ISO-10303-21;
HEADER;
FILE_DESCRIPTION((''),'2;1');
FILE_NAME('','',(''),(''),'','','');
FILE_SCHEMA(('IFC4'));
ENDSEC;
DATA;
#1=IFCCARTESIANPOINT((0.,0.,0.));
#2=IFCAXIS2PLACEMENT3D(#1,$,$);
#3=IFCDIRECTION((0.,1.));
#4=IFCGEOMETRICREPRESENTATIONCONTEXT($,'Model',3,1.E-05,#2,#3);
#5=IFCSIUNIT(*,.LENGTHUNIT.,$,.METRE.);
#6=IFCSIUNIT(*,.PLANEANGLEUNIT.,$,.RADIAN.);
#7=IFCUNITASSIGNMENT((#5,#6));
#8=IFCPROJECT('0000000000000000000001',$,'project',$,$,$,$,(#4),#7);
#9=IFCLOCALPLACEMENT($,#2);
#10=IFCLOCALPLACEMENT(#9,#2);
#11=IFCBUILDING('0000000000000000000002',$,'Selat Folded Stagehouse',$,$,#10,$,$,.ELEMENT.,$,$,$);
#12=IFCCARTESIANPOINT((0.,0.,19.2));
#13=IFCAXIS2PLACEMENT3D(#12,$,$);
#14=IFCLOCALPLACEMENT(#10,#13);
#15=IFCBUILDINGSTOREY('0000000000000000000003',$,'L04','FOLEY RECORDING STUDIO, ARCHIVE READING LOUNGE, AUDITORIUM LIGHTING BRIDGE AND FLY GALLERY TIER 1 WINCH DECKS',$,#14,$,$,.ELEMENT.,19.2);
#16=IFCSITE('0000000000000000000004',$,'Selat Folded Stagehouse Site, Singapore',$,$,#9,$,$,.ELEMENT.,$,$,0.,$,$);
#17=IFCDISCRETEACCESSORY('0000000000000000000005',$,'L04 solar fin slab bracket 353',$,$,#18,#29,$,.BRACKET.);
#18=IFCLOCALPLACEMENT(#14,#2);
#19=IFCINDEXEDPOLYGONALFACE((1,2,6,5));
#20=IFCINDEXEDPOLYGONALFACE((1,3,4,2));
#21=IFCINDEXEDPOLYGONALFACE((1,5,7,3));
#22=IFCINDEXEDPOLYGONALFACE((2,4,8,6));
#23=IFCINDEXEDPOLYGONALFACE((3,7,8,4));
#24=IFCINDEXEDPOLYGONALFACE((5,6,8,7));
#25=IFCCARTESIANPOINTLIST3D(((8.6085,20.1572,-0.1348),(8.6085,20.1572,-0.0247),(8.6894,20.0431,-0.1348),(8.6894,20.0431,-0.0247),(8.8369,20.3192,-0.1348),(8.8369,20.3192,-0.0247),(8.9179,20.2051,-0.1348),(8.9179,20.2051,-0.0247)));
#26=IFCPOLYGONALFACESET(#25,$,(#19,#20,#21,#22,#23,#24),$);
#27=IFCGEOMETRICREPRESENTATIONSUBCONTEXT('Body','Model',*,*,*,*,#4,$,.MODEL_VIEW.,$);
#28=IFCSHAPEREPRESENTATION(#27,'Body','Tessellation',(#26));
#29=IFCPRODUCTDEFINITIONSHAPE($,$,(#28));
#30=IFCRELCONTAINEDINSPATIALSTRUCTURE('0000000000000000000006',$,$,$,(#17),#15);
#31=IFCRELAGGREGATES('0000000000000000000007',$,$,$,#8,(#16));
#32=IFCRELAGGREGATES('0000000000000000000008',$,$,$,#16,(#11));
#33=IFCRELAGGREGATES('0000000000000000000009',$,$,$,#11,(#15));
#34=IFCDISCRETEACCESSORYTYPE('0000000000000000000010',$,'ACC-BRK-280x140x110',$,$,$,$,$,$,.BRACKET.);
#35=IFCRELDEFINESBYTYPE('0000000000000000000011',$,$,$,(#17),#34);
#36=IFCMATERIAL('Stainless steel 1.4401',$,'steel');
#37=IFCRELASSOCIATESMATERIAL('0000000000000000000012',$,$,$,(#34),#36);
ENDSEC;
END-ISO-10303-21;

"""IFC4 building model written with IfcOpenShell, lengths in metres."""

from ifc_helpers import new_model, si_unit, direction, frame, origin, origin_2d, place, context, subcontext, project, spatial, rectangle, extrude, material, type_object, element, save


model = new_model("IFC4")

# Units and contexts
model_context = context("Model", 3, precision=1e-05, world=origin(), true_north=direction((0.0, 1.0)))
body_context = subcontext(model_context, "Body", "Model", "MODEL_VIEW")
ifc_project = project(units=[si_unit("LENGTHUNIT", "METRE"), si_unit("PLANEANGLEUNIT", "RADIAN")], contexts=[model_context])

# Site, building, storey
site_placement = place(None, origin())
site = spatial("IfcSite", under=ifc_project, at=site_placement, Name="Selat Folded Stagehouse Site, Singapore", CompositionType="ELEMENT", RefElevation=0.0)
building_placement = place(site_placement, origin())
building = spatial("IfcBuilding", under=site, at=building_placement, Name="Selat Folded Stagehouse", CompositionType="ELEMENT")
storey_placement = place(building_placement, frame((0.0, 0.0, 19.2)))
storey = spatial("IfcBuildingStorey", under=building, at=storey_placement, Name="L04", Description="FOLEY RECORDING STUDIO, ARCHIVE READING LOUNGE, AUDITORIUM LIGHTING BRIDGE AND FLY GALLERY TIER 1 WINCH DECKS", CompositionType="ELEMENT", Elevation=19.2)

# Discrete accessory
ifc_material_1 = material(Name="Stainless steel 1.4401", Category="steel")
discrete_accessory_type = type_object("IfcDiscreteAccessoryType", Name="ACC-BRK-280x140x110", PredefinedType="BRACKET", material=ifc_material_1)
discrete_accessory_placement = place(storey_placement, frame((8.7632, 20.1812, -0.1348), z_axis=(0.0, 0.0, 1.0), x_axis=(-0.815734, -0.578427, 0.0)))
element("IfcDiscreteAccessory", 1, at=discrete_accessory_placement, inside=storey, type_object=discrete_accessory_type, Name="L04 solar fin slab bracket 353", PredefinedType="BRACKET", context=body_context, shape_type="SweptSolid", body=[
    extrude(rectangle(XDim=0.28, YDim=0.1399, at=origin_2d()), origin(), (0.0, 0.0, 1.0), 0.1101),
])

save(model, "model.ifc")
